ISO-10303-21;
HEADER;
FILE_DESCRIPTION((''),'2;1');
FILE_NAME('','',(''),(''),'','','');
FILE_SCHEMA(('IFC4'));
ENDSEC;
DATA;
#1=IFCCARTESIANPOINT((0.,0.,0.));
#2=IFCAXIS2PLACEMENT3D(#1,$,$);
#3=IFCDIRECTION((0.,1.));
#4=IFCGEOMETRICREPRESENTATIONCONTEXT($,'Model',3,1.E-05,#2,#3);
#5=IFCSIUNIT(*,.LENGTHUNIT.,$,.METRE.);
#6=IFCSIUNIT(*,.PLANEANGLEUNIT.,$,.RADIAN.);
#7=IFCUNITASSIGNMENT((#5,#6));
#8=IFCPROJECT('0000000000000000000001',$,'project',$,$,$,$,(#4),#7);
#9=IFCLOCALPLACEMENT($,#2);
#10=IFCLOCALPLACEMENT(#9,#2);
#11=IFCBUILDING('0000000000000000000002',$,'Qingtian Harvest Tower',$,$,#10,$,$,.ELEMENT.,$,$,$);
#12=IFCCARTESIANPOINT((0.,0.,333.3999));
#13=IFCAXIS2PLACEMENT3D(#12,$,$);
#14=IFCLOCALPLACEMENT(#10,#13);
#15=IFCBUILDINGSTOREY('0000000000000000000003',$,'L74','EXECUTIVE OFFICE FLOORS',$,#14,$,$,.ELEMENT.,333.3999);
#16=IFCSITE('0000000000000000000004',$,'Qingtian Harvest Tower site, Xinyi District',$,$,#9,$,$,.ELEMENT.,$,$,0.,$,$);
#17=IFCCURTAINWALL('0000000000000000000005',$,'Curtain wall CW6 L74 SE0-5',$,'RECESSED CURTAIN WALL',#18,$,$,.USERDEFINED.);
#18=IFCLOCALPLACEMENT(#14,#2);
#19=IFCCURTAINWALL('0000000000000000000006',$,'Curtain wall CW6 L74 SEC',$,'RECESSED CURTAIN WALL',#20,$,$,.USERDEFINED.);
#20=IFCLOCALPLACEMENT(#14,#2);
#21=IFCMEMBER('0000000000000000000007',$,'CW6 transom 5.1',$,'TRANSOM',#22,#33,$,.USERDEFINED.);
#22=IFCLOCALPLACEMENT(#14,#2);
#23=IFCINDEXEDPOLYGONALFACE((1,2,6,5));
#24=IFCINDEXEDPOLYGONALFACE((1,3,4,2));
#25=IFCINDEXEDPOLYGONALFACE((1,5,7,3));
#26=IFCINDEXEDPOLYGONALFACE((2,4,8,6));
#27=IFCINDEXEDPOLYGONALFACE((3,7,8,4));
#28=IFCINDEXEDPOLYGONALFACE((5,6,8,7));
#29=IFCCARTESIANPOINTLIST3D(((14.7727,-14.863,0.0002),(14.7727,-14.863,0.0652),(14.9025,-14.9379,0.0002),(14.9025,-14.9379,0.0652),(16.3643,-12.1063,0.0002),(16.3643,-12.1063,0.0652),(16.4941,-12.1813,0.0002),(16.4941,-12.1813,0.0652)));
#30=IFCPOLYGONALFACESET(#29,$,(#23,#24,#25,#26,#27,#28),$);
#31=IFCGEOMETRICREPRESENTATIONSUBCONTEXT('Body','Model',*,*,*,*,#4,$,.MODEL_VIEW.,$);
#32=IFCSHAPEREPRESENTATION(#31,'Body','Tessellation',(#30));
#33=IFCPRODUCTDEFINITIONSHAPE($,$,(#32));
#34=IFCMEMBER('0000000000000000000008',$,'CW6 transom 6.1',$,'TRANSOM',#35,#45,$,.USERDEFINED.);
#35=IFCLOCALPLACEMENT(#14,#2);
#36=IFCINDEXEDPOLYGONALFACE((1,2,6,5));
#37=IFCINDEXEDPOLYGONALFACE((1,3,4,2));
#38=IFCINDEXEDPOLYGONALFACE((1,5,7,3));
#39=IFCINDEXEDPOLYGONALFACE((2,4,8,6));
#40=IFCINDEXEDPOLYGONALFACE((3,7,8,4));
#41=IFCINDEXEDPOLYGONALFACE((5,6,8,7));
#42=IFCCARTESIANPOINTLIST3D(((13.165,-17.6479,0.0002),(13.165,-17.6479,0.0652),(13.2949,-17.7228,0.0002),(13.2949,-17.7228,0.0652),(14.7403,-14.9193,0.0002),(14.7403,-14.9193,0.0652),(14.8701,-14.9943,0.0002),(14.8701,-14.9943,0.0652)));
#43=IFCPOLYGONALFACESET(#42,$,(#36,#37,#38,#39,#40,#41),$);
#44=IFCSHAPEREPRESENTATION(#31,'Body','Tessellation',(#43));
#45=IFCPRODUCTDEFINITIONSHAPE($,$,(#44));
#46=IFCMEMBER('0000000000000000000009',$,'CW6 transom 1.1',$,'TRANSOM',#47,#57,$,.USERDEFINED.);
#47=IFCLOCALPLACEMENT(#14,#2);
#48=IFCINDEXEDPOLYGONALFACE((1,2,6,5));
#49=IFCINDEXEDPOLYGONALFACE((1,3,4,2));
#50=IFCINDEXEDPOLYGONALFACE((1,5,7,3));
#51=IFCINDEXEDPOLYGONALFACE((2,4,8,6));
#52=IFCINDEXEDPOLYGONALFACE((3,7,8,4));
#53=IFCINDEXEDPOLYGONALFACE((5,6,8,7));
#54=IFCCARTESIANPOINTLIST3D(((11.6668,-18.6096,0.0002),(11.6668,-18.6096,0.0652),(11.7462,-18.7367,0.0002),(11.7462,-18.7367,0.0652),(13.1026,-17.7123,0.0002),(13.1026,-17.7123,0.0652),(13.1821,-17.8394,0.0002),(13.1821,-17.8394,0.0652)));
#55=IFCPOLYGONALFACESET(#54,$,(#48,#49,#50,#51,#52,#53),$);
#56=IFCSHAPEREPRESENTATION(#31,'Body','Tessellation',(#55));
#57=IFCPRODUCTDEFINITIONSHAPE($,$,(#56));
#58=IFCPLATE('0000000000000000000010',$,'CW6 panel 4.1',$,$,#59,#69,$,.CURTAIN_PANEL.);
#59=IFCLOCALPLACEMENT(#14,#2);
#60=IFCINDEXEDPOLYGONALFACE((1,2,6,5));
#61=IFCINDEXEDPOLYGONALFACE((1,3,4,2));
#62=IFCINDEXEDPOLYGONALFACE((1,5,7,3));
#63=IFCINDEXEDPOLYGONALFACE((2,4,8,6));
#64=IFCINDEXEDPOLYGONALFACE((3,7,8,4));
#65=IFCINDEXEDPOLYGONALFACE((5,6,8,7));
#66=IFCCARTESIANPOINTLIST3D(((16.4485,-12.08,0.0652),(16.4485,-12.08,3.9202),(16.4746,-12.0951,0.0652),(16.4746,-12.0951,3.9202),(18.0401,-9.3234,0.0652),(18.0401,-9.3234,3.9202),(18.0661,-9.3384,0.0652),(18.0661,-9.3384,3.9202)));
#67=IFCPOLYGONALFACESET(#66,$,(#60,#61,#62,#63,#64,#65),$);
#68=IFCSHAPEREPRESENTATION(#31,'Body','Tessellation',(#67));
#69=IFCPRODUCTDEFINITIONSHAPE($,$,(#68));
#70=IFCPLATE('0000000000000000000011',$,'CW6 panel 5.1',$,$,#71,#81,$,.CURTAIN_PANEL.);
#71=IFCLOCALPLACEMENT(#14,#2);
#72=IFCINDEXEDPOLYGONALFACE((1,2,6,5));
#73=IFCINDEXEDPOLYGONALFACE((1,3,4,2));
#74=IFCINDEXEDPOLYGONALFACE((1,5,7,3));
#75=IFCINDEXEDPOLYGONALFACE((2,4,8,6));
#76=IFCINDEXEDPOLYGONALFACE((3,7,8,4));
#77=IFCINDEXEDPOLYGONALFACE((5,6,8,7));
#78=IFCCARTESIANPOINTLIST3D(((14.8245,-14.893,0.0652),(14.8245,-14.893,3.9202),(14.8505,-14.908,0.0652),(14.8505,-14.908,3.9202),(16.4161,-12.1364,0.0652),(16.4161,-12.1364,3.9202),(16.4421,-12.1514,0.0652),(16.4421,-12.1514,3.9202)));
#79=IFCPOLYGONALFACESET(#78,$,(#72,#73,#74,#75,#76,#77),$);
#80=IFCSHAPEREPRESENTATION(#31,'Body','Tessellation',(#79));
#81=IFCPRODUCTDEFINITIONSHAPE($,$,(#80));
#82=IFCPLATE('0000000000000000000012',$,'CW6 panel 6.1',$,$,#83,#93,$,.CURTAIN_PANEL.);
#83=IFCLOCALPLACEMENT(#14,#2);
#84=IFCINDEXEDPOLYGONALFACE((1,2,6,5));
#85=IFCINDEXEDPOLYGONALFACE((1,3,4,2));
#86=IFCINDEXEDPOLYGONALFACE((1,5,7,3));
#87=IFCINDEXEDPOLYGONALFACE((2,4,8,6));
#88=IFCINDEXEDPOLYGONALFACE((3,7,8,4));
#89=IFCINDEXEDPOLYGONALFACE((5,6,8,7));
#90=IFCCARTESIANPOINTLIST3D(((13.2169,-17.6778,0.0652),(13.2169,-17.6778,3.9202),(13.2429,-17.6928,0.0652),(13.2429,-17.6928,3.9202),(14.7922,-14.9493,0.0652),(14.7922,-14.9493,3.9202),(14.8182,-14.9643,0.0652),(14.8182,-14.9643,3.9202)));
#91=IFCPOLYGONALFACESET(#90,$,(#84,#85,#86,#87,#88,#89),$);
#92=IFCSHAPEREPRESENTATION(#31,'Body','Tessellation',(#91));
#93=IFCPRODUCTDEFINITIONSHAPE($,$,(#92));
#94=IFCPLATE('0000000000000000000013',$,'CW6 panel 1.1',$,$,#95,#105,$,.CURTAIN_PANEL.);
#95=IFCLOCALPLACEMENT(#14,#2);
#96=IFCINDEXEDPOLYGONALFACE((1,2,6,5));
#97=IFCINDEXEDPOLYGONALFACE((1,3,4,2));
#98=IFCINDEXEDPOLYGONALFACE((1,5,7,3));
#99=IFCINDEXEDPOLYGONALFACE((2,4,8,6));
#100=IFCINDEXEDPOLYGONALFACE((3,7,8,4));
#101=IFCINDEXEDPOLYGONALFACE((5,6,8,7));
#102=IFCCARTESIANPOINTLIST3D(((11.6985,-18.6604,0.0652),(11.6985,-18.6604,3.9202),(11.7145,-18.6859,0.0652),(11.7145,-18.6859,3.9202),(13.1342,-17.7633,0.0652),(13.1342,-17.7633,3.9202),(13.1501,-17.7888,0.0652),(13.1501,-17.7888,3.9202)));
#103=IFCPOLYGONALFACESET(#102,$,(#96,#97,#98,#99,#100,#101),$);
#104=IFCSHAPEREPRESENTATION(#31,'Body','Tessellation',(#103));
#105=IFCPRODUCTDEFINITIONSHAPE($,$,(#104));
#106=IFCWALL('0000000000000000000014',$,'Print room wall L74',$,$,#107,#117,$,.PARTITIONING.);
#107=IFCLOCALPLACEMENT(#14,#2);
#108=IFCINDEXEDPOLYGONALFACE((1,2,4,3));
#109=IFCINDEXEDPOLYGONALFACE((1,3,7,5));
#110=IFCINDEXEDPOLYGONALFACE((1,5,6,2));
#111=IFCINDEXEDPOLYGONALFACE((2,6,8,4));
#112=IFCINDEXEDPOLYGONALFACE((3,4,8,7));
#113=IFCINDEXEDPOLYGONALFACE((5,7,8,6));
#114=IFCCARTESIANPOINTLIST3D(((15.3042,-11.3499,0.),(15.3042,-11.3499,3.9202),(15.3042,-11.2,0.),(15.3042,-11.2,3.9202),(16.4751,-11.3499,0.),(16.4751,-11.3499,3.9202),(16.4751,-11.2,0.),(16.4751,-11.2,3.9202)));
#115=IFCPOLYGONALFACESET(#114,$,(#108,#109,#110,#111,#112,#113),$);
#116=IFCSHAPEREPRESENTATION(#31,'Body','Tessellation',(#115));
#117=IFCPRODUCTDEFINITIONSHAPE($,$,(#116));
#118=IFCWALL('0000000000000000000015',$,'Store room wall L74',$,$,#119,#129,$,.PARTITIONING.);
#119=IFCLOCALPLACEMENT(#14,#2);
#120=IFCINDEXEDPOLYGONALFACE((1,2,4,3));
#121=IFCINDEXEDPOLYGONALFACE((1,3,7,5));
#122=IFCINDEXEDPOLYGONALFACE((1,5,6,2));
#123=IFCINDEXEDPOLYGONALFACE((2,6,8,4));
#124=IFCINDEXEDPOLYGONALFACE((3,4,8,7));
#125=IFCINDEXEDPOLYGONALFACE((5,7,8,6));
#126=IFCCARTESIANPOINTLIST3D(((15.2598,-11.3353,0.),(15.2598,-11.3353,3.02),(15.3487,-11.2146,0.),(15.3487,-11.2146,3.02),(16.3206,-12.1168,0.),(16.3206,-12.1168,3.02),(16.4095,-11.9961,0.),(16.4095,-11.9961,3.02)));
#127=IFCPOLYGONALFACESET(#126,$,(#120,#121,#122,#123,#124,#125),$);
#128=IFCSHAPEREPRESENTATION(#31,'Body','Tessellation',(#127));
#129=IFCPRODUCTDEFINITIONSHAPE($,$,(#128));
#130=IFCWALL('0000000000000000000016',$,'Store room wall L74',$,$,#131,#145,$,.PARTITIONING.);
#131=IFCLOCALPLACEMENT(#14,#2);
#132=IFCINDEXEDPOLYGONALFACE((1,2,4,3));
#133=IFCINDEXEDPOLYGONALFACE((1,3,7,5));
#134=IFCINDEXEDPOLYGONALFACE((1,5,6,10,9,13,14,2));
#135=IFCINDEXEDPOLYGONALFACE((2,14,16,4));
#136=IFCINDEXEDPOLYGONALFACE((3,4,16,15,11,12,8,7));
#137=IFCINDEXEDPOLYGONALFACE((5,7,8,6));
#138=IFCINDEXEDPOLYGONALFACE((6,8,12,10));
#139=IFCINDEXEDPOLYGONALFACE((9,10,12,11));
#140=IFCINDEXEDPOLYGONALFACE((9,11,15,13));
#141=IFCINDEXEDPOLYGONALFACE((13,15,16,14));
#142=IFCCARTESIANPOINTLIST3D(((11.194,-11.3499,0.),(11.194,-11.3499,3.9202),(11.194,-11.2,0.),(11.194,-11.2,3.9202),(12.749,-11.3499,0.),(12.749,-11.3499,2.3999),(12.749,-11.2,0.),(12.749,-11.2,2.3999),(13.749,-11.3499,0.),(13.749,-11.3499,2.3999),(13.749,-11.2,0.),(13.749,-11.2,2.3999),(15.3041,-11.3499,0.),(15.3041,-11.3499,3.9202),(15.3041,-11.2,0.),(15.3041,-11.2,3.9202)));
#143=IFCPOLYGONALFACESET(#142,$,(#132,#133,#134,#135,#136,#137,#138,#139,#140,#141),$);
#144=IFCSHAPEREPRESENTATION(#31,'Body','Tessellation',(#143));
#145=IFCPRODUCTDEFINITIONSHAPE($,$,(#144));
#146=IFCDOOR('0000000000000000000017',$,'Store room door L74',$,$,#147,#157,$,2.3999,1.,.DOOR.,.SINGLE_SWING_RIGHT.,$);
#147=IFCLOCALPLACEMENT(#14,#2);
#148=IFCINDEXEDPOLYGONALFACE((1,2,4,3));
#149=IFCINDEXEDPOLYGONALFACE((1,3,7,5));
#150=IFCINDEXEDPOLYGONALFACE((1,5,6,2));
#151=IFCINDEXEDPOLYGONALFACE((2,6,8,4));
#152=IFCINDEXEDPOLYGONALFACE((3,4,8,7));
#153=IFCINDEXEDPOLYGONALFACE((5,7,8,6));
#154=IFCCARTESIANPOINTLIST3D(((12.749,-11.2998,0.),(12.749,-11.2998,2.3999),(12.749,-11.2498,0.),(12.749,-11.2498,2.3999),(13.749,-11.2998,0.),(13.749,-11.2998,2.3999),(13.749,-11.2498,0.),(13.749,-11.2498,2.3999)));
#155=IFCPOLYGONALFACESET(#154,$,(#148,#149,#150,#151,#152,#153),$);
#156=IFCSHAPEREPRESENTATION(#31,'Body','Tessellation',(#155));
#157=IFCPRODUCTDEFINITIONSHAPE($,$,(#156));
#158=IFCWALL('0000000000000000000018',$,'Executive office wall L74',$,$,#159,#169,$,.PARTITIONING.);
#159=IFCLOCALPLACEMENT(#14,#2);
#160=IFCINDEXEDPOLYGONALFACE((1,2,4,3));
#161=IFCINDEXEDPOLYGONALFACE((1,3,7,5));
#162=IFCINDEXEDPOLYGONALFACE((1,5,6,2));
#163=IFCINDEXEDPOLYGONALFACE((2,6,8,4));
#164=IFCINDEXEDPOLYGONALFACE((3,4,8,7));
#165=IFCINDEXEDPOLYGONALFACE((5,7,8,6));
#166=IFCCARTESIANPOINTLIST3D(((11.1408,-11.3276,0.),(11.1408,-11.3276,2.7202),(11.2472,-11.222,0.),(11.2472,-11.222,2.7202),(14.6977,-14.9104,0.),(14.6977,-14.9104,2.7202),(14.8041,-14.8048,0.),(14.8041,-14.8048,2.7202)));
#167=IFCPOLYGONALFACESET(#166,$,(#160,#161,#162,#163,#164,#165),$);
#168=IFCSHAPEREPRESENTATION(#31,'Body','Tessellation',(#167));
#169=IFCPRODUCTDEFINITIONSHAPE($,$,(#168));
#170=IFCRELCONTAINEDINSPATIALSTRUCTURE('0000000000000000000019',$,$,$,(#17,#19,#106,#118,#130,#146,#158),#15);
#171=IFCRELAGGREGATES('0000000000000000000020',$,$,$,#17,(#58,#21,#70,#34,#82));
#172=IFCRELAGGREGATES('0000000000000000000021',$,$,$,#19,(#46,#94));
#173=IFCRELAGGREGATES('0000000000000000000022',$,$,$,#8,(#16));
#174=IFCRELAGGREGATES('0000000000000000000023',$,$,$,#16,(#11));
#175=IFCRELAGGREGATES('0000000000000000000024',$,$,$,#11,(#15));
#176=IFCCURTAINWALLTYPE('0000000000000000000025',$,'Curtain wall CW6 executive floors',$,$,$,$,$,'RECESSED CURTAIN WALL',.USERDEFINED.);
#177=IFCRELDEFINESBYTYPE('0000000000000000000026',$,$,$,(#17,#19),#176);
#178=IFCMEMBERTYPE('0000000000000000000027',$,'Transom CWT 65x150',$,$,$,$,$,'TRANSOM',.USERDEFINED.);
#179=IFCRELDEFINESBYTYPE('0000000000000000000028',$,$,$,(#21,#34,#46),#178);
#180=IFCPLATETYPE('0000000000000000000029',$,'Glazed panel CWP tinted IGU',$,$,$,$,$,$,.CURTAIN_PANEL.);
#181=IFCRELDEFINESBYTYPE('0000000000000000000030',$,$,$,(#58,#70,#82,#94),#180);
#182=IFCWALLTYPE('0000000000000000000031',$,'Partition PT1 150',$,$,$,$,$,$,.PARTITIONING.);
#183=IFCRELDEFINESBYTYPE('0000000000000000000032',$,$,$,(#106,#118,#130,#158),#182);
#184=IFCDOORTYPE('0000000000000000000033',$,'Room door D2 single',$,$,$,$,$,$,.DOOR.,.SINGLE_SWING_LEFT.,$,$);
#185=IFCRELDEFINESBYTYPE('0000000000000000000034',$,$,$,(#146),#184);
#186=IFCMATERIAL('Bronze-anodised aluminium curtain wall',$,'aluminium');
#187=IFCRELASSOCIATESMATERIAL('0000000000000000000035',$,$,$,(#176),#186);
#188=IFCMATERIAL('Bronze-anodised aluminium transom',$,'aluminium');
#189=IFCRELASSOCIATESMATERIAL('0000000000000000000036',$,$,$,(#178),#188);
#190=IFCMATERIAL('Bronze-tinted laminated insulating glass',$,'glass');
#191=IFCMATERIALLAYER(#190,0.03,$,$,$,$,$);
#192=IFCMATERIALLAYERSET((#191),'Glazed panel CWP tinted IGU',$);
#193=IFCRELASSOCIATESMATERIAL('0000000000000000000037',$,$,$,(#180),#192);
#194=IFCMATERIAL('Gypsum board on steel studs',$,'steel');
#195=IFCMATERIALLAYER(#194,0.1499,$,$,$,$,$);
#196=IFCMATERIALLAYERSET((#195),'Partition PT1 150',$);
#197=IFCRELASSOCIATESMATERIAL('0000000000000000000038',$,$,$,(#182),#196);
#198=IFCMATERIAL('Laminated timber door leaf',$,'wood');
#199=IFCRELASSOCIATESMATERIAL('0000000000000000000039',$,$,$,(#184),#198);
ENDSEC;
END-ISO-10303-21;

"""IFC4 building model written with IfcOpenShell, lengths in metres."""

from ifc_helpers import new_model, si_unit, direction, frame, frame_2d, origin, origin_2d, place, context, subcontext, project, spatial, rectangle, extrude, material, layer, layer_set, material_profile, profile_set, type_object, element, fill, aggregate, save


model = new_model("IFC4")

# Units and contexts
model_context = context("Model", 3, precision=1e-05, world=origin(), true_north=direction((0.0, 1.0)))
body_context = subcontext(model_context, "Body", "Model", "MODEL_VIEW")
ifc_project = project(units=[si_unit("LENGTHUNIT", "METRE"), si_unit("PLANEANGLEUNIT", "RADIAN")], contexts=[model_context])

# Site, building, storey
site_placement = place(None, origin())
site = spatial("IfcSite", under=ifc_project, at=site_placement, Name="Qingtian Harvest Tower site, Xinyi District", CompositionType="ELEMENT", RefElevation=0.0)
building_placement = place(site_placement, origin())
building = spatial("IfcBuilding", under=site, at=building_placement, Name="Qingtian Harvest Tower", CompositionType="ELEMENT")
storey_placement = place(building_placement, frame((0.0, 0.0, 333.3999)))
storey = spatial("IfcBuildingStorey", under=building, at=storey_placement, Name="L74", Description="EXECUTIVE OFFICE FLOORS", CompositionType="ELEMENT", Elevation=333.3999)

# Curtain wall
ifc_material_1 = material(Name="Bronze-anodised aluminium curtain wall", Category="aluminium")
curtain_wall_type = type_object("IfcCurtainWallType", Name="Curtain wall CW6 executive floors", ElementType="RECESSED CURTAIN WALL", PredefinedType="USERDEFINED", material=ifc_material_1)
curtain_wall_1_placement = place(storey_placement, origin())
curtain_wall_1 = element("IfcCurtainWall", 1, at=curtain_wall_1_placement, inside=storey, type_object=curtain_wall_type, Name="Curtain wall CW6 L74 SE0-5", ObjectType="RECESSED CURTAIN WALL", PredefinedType="USERDEFINED")

# Curtain wall
curtain_wall_2_placement = place(storey_placement, origin())
curtain_wall_2 = element("IfcCurtainWall", 2, at=curtain_wall_2_placement, inside=storey, type_object=curtain_wall_type, Name="Curtain wall CW6 L74 SEC", ObjectType="RECESSED CURTAIN WALL", PredefinedType="USERDEFINED")

# Members
ifc_material_2 = material(Name="Bronze-anodised aluminium transom", Category="aluminium")
ifc_material_profile_1 = material_profile(ifc_material_2, rectangle(XDim=0.1499, YDim=0.0649, at=origin_2d()), Name="AL 65x150")
ifc_profile_set_1 = profile_set([ifc_material_profile_1], Name="Bronze-anodised aluminium transom")
member_type_1 = type_object("IfcMemberType", Name="Transom CWT 65x150", ElementType="TRANSOM", PredefinedType="USERDEFINED", material=ifc_profile_set_1)
member_1_placement = place(storey_placement, frame((16.4292, -12.1438, 0.0327), z_axis=(-0.500008, -0.866021, 0.0), x_axis=(0.866021, -0.500008, 0.0)))
member_1 = element("IfcMember", 3, at=member_1_placement, type_object=member_type_1, Name="CW6 transom 5.1", ObjectType="TRANSOM", PredefinedType="USERDEFINED", context=body_context, shape_type="SweptSolid", body=[
    extrude(rectangle(XDim=0.1499, YDim=0.0649, at=origin_2d()), origin(), (0.0, 0.0, 1.0), 3.1831),
])
member_2_placement = place(storey_placement, frame((14.8052, -14.9568, 0.0327), z_axis=(-0.499973, -0.866041, 0.0), x_axis=(0.866041, -0.499973, 0.0)))
member_2 = element("IfcMember", 4, at=member_2_placement, type_object=member_type_1, Name="CW6 transom 6.1", ObjectType="TRANSOM", PredefinedType="USERDEFINED", context=body_context, shape_type="SweptSolid", body=[
    extrude(rectangle(XDim=0.1499, YDim=0.0649, at=origin_2d()), origin(), (0.0, 0.0, 1.0), 3.1506),
])
member_3_placement = place(storey_placement, frame((13.1423, -17.7759, 0.0327), z_axis=(-0.848039, -0.529934, 0.0), x_axis=(0.529934, -0.848039, 0.0)))
member_3 = element("IfcMember", 5, at=member_3_placement, type_object=member_type_1, Name="CW6 transom 1.1", ObjectType="TRANSOM", PredefinedType="USERDEFINED", context=body_context, shape_type="SweptSolid", body=[
    extrude(rectangle(XDim=0.1499, YDim=0.0649, at=origin_2d()), origin(), (0.0, 0.0, 1.0), 1.6931),
])

# Plates
ifc_material_3 = material(Name="Bronze-tinted laminated insulating glass", Category="glass")
ifc_layer_1 = layer(ifc_material_3, 0.03)
ifc_layer_set_1 = layer_set([ifc_layer_1], Name="Glazed panel CWP tinted IGU")
plate_type = type_object("IfcPlateType", Name="Glazed panel CWP tinted IGU", PredefinedType="CURTAIN_PANEL", material=ifc_layer_set_1)
plate_1_placement = place(storey_placement, frame((17.2573, -10.7092, 0.0652), z_axis=(0.0, 0.0, 1.0), x_axis=(-0.5, -0.866025, 0.0)))
plate_1 = element("IfcPlate", 6, at=plate_1_placement, type_object=plate_type, Name="CW6 panel 4.1", PredefinedType="CURTAIN_PANEL", context=body_context, shape_type="SweptSolid", body=[
    extrude(rectangle(XDim=3.1831, YDim=0.03, at=origin_2d()), origin(), (0.0, 0.0, 1.0), 3.855),
])
plate_2_placement = place(storey_placement, frame((15.6333, -13.5222, 0.0652), z_axis=(0.0, 0.0, 1.0), x_axis=(-0.5, -0.866025, 0.0)))
plate_2 = element("IfcPlate", 7, at=plate_2_placement, type_object=plate_type, Name="CW6 panel 5.1", PredefinedType="CURTAIN_PANEL", context=body_context, shape_type="SweptSolid", body=[
    extrude(rectangle(XDim=3.1831, YDim=0.03, at=origin_2d()), origin(), (0.0, 0.0, 1.0), 3.855),
])
plate_3_placement = place(storey_placement, frame((14.0176, -16.321, 0.0652), z_axis=(0.0, 0.0, 1.0), x_axis=(-0.5, -0.866025, 0.0)))
plate_3 = element("IfcPlate", 8, at=plate_3_placement, type_object=plate_type, Name="CW6 panel 6.1", PredefinedType="CURTAIN_PANEL", context=body_context, shape_type="SweptSolid", body=[
    extrude(rectangle(XDim=3.1506, YDim=0.03, at=origin_2d()), origin(), (0.0, 0.0, 1.0), 3.855),
])
aggregate(curtain_wall_1, [plate_1, member_1, plate_2, member_2, plate_3])
plate_4_placement = place(storey_placement, frame((12.4243, -18.2246, 0.0652), z_axis=(0.0, 0.0, 1.0), x_axis=(-0.848048, -0.529919, 0.0)))
plate_4 = element("IfcPlate", 9, at=plate_4_placement, type_object=plate_type, Name="CW6 panel 1.1", PredefinedType="CURTAIN_PANEL", context=body_context, shape_type="SweptSolid", body=[
    extrude(rectangle(XDim=1.6929, YDim=0.03, at=origin_2d()), origin(), (0.0, 0.0, 1.0), 3.855),
])
aggregate(curtain_wall_2, [member_3, plate_4])

# Walls
ifc_material_4 = material(Name="Gypsum board on steel studs", Category="steel")
ifc_layer_2 = layer(ifc_material_4, 0.1499)
ifc_layer_set_2 = layer_set([ifc_layer_2], Name="Partition PT1 150")
wall_type = type_object("IfcWallType", Name="Partition PT1 150", PredefinedType="PARTITIONING", material=ifc_layer_set_2)
wall_1_placement = place(storey_placement, frame((16.4751, -11.2749, 0.0), z_axis=(0.0, 0.0, 1.0), x_axis=(-1.0, 0.0, 0.0)))
element("IfcWall", 10, at=wall_1_placement, inside=storey, type_object=wall_type, Name="Print room wall L74", PredefinedType="PARTITIONING", context=body_context, shape_type="SweptSolid", body=[
    extrude(rectangle(XDim=1.1709, YDim=0.1499, at=frame_2d((0.5854, 0.0))), origin(), (0.0, 0.0, 1.0), 3.9202),
])
wall_2_placement = place(storey_placement, frame((16.365, -12.0564, 0.0), z_axis=(0.0, 0.0, 1.0), x_axis=(-0.805107, 0.59313, 0.0)))
element("IfcWall", 11, at=wall_2_placement, inside=storey, type_object=wall_type, Name="Store room wall L74", PredefinedType="PARTITIONING", context=body_context, shape_type="SweptSolid", body=[
    extrude(rectangle(XDim=1.3176, YDim=0.1499, at=frame_2d((0.6587, 0.0))), origin(), (0.0, 0.0, 1.0), 3.02),
])

# Wall, opening, door
wall_3_placement = place(storey_placement, frame((15.3042, -11.2749, 0.0), z_axis=(0.0, 0.0, 1.0), x_axis=(-1.0, 0.0, 0.0)))
wall_3 = element("IfcWall", 12, at=wall_3_placement, inside=storey, type_object=wall_type, Name="Store room wall L74", PredefinedType="PARTITIONING", context=body_context, shape_type="SweptSolid", body=[
    extrude(rectangle(XDim=4.1101, YDim=0.1499, at=frame_2d((2.0552, 0.0))), origin(), (0.0, 0.0, 1.0), 3.9202),
])
opening_placement = place(wall_3_placement, frame((1.5552, 0.0, 0.0)))
opening = element("IfcOpeningElement", 13, at=opening_placement, cuts=wall_3, PredefinedType="OPENING", context=body_context, shape_type="SweptSolid", body=[
    extrude(rectangle(XDim=1.0, YDim=2.3999, at=frame_2d((0.5, 1.2))), frame((0.0, 0.085, 0.0), z_axis=(0.0, -1.0, 0.0), x_axis=(1.0, 0.0, 0.0)), (0.0, 0.0, 1.0), 0.1699),
])
ifc_material_5 = material(Name="Laminated timber door leaf", Category="wood")
door_type = type_object("IfcDoorType", Name="Room door D2 single", OperationType="SINGLE_SWING_LEFT", PredefinedType="DOOR", material=ifc_material_5)
door_placement = place(opening_placement, origin())
door = element("IfcDoor", 14, at=door_placement, inside=storey, type_object=door_type, Name="Store room door L74", OperationType="SINGLE_SWING_RIGHT", OverallHeight=2.3999, OverallWidth=1.0, PredefinedType="DOOR", context=body_context, shape_type="SweptSolid", body=[
    extrude(rectangle(XDim=1.0, YDim=2.3999, at=frame_2d((0.5, 1.2))), frame((0.0, 0.0249, 0.0), z_axis=(0.0, -1.0, 0.0), x_axis=(1.0, 0.0, 0.0)), (0.0, 0.0, 1.0), 0.05),
])
fill(opening, door)

# Wall
wall_4_placement = place(storey_placement, frame((14.751, -14.8577, 0.0), z_axis=(0.0, 0.0, 1.0), x_axis=(-0.704539, 0.709665, 0.0)))
element("IfcWall", 15, at=wall_4_placement, inside=storey, type_object=wall_type, Name="Executive office wall L74", PredefinedType="PARTITIONING", context=body_context, shape_type="SweptSolid", body=[
    extrude(rectangle(XDim=5.0486, YDim=0.1499, at=frame_2d((2.5244, 0.0))), origin(), (0.0, 0.0, 1.0), 2.7202),
])

save(model, "model.ifc")
